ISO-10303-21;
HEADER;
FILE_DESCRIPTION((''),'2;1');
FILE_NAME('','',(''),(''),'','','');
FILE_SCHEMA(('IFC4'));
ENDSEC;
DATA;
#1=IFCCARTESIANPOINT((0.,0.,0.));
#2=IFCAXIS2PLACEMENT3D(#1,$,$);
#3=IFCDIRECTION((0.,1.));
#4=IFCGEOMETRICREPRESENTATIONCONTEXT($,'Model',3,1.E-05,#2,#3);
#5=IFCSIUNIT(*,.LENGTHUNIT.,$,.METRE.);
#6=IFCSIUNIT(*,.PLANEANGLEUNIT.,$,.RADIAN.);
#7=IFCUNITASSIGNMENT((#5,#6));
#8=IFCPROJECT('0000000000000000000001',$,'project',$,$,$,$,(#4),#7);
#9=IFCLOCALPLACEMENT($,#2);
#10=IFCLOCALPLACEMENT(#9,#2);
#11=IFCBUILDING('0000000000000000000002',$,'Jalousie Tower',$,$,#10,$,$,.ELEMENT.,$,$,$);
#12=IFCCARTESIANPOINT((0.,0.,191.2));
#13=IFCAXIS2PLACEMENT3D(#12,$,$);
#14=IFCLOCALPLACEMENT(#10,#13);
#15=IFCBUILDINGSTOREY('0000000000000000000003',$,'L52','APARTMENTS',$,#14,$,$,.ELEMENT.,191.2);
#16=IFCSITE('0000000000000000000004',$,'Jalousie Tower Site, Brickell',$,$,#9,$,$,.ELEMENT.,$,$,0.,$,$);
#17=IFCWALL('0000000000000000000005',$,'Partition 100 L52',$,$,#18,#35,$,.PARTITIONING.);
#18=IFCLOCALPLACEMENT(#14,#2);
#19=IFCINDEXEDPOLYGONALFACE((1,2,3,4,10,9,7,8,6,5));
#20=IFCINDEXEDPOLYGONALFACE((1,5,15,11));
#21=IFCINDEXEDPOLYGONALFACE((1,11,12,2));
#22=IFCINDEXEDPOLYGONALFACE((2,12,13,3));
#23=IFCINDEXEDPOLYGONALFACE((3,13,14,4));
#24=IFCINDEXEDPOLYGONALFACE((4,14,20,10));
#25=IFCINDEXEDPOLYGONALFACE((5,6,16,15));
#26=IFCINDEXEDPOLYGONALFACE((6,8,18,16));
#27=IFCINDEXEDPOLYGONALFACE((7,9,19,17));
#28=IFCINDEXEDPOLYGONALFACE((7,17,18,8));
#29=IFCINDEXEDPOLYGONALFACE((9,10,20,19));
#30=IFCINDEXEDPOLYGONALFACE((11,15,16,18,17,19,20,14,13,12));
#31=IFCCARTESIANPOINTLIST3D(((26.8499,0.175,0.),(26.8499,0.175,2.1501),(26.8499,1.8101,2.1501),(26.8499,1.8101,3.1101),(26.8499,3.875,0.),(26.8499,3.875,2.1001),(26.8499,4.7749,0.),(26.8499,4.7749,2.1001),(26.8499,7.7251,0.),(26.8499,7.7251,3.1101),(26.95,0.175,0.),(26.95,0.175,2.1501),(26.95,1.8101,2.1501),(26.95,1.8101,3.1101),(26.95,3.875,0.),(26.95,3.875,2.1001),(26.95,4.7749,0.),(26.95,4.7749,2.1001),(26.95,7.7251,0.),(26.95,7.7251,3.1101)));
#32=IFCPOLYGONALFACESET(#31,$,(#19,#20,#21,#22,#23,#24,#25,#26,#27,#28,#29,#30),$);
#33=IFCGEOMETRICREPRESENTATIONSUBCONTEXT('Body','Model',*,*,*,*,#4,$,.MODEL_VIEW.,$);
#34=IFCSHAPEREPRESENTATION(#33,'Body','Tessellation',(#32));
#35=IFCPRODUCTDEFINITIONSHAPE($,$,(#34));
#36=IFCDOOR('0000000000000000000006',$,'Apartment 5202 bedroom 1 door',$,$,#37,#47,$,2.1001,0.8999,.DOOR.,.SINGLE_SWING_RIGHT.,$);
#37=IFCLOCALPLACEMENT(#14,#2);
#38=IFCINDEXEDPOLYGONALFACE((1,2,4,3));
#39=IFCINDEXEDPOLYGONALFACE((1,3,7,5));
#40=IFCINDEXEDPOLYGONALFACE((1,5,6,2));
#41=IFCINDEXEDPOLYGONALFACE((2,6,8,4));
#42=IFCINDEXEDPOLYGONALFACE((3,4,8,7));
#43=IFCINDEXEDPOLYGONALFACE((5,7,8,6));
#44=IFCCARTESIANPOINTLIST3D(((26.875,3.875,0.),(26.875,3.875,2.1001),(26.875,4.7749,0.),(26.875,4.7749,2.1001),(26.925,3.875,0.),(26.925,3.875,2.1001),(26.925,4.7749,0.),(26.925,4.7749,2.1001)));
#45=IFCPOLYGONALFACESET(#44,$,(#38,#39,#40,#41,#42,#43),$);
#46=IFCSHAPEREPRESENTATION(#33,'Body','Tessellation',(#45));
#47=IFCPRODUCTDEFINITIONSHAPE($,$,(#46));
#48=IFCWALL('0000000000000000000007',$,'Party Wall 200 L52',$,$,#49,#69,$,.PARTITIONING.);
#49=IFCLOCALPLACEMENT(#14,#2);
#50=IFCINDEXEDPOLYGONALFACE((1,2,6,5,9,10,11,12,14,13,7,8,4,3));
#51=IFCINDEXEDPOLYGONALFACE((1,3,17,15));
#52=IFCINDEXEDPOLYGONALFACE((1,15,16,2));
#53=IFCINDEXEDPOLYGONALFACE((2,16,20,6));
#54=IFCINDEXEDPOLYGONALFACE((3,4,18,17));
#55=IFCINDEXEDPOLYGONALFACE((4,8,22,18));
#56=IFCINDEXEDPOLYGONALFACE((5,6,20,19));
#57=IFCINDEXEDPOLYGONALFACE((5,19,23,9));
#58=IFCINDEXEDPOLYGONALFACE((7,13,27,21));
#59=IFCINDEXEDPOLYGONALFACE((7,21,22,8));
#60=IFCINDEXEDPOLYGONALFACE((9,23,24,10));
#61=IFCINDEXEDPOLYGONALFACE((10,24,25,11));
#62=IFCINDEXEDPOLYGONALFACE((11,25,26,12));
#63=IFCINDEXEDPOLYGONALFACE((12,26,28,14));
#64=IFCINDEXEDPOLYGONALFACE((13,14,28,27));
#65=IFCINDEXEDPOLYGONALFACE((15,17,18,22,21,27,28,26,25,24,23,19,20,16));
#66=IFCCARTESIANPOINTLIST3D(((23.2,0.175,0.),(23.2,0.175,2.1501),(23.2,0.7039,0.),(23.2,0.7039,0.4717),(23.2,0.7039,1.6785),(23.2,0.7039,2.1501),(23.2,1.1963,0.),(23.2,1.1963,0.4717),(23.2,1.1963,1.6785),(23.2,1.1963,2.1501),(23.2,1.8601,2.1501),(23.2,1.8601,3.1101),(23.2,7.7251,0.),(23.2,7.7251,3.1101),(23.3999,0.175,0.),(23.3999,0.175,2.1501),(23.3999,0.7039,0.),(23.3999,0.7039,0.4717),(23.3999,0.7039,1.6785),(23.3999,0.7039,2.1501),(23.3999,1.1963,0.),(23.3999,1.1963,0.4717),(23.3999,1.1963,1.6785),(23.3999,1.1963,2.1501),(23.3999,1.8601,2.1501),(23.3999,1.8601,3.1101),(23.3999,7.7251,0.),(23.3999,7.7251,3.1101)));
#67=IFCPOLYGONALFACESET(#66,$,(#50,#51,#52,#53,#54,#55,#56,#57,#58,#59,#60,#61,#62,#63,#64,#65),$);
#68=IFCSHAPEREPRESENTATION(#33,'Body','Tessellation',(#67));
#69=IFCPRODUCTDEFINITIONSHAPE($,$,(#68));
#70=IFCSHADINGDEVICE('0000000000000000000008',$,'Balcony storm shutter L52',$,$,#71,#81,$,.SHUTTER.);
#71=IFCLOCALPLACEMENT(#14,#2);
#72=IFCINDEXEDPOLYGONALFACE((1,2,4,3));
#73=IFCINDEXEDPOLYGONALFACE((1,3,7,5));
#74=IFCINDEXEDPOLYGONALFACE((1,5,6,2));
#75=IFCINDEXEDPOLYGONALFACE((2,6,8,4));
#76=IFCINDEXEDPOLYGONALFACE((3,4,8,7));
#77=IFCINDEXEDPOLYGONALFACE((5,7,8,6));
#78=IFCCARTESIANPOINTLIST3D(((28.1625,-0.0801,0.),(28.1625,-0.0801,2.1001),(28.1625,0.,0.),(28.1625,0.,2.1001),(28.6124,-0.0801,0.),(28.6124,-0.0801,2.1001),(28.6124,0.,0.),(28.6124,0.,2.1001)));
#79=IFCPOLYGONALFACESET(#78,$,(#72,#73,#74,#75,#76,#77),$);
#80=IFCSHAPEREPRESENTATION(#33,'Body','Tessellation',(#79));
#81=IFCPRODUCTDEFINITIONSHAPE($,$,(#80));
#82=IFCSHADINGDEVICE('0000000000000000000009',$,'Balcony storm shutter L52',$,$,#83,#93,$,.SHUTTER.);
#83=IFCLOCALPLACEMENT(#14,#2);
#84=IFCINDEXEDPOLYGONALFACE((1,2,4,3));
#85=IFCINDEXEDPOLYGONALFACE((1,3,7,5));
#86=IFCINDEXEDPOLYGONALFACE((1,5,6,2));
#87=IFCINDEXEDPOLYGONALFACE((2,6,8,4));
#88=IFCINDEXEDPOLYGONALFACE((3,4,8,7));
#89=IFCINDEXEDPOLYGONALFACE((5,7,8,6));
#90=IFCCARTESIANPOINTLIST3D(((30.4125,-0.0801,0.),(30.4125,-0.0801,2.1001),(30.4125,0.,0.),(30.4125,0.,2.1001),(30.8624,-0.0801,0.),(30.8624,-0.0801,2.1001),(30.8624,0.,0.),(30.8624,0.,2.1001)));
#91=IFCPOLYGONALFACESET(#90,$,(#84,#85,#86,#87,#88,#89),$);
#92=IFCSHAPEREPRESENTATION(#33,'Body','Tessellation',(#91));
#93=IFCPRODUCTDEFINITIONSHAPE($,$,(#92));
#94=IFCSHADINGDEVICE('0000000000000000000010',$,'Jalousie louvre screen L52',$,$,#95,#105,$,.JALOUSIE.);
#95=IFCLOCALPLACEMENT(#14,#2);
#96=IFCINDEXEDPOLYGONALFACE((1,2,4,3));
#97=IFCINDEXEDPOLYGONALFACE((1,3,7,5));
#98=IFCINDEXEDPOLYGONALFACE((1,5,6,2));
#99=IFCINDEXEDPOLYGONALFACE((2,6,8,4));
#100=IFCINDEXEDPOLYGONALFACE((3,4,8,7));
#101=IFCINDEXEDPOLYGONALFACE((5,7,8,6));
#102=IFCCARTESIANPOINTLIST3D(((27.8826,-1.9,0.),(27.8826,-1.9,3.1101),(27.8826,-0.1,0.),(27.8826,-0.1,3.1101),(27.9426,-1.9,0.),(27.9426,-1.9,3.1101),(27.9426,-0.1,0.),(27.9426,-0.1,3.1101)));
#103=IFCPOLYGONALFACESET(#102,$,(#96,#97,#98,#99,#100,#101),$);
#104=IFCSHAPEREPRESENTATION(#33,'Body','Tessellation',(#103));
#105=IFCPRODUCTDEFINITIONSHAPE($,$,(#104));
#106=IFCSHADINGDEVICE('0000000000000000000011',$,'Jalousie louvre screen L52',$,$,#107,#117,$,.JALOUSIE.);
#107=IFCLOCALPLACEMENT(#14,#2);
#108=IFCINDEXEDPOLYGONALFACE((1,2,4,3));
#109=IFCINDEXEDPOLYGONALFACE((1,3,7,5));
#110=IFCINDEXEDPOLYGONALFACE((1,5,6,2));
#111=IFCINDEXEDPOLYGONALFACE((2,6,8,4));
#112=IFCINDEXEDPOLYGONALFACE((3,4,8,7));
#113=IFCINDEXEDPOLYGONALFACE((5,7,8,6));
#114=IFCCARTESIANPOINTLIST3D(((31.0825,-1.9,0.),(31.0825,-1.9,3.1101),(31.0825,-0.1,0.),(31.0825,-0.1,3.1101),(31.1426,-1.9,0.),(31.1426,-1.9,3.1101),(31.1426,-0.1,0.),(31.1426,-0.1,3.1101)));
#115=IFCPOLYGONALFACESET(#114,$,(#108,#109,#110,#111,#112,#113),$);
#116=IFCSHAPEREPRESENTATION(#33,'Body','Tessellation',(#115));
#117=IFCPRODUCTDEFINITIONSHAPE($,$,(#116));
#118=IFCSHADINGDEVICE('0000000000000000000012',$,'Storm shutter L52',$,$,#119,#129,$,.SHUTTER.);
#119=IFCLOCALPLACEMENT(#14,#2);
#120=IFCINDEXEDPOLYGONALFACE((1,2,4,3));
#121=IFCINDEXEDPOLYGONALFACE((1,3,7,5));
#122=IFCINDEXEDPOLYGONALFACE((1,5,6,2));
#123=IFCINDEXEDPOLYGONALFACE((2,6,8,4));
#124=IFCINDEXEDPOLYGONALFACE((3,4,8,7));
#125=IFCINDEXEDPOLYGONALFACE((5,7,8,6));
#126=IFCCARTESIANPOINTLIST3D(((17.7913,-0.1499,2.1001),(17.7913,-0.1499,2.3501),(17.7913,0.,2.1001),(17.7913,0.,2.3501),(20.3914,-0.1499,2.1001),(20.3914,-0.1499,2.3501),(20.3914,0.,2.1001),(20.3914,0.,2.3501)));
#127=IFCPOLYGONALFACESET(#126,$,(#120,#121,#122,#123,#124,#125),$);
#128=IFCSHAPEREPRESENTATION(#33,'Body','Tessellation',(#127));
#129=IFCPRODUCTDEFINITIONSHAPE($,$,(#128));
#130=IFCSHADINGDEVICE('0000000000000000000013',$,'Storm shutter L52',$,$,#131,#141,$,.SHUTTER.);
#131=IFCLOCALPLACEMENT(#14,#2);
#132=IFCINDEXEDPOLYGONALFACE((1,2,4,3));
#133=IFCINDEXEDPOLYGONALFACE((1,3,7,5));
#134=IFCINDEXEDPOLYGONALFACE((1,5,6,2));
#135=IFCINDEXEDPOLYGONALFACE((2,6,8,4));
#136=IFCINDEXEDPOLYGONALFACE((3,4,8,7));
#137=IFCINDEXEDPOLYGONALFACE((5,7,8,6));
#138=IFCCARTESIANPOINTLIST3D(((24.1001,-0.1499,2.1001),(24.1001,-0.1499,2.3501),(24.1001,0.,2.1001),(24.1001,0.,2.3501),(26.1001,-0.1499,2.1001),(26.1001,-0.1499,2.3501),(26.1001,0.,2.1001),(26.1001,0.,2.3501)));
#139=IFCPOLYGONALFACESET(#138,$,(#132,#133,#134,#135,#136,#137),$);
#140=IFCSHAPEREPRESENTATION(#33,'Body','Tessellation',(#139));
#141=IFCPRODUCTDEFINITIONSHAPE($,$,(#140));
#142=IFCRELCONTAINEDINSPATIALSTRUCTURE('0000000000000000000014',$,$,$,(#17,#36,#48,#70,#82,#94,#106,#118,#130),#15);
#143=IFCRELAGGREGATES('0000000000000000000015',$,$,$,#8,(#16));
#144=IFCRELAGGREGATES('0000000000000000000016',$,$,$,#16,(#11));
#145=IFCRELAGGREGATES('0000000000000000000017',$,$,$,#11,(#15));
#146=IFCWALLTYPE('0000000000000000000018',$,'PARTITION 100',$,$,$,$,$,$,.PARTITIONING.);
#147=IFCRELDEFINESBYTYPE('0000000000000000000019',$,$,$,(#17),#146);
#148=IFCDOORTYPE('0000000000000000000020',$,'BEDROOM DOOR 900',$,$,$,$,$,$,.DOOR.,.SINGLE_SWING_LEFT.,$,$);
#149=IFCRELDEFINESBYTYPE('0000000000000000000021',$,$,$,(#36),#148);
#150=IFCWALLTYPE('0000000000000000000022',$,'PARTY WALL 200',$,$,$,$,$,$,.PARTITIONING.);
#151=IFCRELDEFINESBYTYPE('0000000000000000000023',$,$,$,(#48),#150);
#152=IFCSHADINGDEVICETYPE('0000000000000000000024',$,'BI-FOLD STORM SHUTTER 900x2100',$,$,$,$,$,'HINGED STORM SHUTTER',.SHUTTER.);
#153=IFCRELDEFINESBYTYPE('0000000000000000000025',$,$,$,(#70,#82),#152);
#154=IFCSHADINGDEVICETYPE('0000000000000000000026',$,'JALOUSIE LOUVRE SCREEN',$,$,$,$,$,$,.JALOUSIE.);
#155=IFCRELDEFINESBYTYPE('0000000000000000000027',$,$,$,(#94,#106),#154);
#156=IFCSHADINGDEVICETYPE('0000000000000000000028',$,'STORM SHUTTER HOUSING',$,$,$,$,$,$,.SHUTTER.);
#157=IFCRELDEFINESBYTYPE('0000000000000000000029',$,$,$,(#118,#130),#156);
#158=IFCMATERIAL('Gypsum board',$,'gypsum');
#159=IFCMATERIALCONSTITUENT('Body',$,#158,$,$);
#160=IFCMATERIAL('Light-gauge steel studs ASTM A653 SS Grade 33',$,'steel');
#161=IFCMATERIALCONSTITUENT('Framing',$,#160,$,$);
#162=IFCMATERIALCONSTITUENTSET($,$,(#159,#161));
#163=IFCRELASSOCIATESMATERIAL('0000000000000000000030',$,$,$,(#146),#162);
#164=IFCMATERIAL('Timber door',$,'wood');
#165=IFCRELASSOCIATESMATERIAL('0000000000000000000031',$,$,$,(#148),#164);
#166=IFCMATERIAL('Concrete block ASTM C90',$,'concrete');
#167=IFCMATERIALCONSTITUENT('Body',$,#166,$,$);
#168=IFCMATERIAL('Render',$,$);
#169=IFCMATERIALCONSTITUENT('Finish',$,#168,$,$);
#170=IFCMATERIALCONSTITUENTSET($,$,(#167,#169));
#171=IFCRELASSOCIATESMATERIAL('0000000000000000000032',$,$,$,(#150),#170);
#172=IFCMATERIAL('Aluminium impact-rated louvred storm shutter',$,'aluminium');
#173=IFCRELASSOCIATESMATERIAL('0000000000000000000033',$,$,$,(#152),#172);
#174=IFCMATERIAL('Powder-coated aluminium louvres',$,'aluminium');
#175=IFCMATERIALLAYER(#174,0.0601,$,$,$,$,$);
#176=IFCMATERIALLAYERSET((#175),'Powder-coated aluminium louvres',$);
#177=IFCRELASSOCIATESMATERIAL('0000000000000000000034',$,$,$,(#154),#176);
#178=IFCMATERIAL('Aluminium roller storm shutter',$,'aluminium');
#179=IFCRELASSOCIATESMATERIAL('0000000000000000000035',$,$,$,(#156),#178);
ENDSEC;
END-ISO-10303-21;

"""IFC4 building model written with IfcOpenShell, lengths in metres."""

from ifc_helpers import new_model, si_unit, direction, frame, frame_2d, origin, origin_2d, place, context, subcontext, project, spatial, polyline, rectangle, outline, extrude, material, layer, layer_set, constituent, constituent_set, type_object, element, fill, save


model = new_model("IFC4")

# Units and contexts
model_context = context("Model", 3, precision=1e-05, world=origin(), true_north=direction((0.0, 1.0)))
body_context = subcontext(model_context, "Body", "Model", "MODEL_VIEW")
ifc_project = project(units=[si_unit("LENGTHUNIT", "METRE"), si_unit("PLANEANGLEUNIT", "RADIAN")], contexts=[model_context])

# Site, building, storey
site_placement = place(None, origin())
site = spatial("IfcSite", under=ifc_project, at=site_placement, Name="Jalousie Tower Site, Brickell", CompositionType="ELEMENT", RefElevation=0.0)
building_placement = place(site_placement, origin())
building = spatial("IfcBuilding", under=site, at=building_placement, Name="Jalousie Tower", CompositionType="ELEMENT")
storey_placement = place(building_placement, frame((0.0, 0.0, 191.2)))
storey = spatial("IfcBuildingStorey", under=building, at=storey_placement, Name="L52", Description="APARTMENTS", CompositionType="ELEMENT", Elevation=191.2)

# Shared definitions
ifc_material_1 = material(Name="Gypsum board", Category="gypsum")
ifc_constituent_1 = constituent(ifc_material_1, Name="Body")
ifc_material_2 = material(Name="Light-gauge steel studs ASTM A653 SS Grade 33", Category="steel")
ifc_constituent_2 = constituent(ifc_material_2, Name="Framing")
ifc_constituent_set_1 = constituent_set(constituents=[ifc_constituent_1, ifc_constituent_2])
wall_type_1 = type_object("IfcWallType", Name="PARTITION 100", PredefinedType="PARTITIONING", material=ifc_constituent_set_1)

# Wall, opening, door
wall_1_placement = place(storey_placement, frame((26.8999, 0.175, 0.0), z_axis=(0.0, 0.0, 1.0), x_axis=(0.0, 1.0, 0.0)))
wall_1 = element("IfcWall", 1, at=wall_1_placement, inside=storey, type_object=wall_type_1, Name="Partition 100 L52", PredefinedType="PARTITIONING", context=body_context, shape_type="SweptSolid", body=[
    extrude(outline(polyline([(0.0, 0.0), (7.55, 0.0), (7.55, 3.1101), (1.635, 3.1101), (1.635, 2.1501), (0.0, 2.1501), (0.0, 3.1101), (0.0, 0.0)])), frame((0.0, 0.05, 0.0), z_axis=(0.0, -1.0, 0.0), x_axis=(1.0, 0.0, 0.0)), (0.0, 0.0, 1.0), 0.1001),
])
opening_1_placement = place(wall_1_placement, frame((3.7, 0.0, 0.0)))
opening_1 = element("IfcOpeningElement", 2, at=opening_1_placement, cuts=wall_1, PredefinedType="OPENING", context=body_context, shape_type="SweptSolid", body=[
    extrude(rectangle(XDim=0.8999, YDim=2.1001, at=frame_2d((0.45, 1.05))), frame((0.0, 0.0601, 0.0), z_axis=(0.0, -1.0, 0.0), x_axis=(1.0, 0.0, 0.0)), (0.0, 0.0, 1.0), 0.1201),
])
ifc_material_3 = material(Name="Timber door", Category="wood")
door_type_1 = type_object("IfcDoorType", Name="BEDROOM DOOR 900", OperationType="SINGLE_SWING_LEFT", PredefinedType="DOOR", material=ifc_material_3)
door_1_placement = place(opening_1_placement, origin())
door_1 = element("IfcDoor", 3, at=door_1_placement, inside=storey, type_object=door_type_1, Name="Apartment 5202 bedroom 1 door", OperationType="SINGLE_SWING_RIGHT", OverallHeight=2.1001, OverallWidth=0.8999, PredefinedType="DOOR", context=body_context, shape_type="SweptSolid", body=[
    extrude(rectangle(XDim=0.8999, YDim=2.1001, at=frame_2d((0.45, 1.05))), frame((0.0, 0.0249, 0.0), z_axis=(0.0, -1.0, 0.0), x_axis=(1.0, 0.0, 0.0)), (0.0, 0.0, 1.0), 0.05),
])
fill(opening_1, door_1)

# Wall
ifc_material_4 = material(Name="Concrete block ASTM C90", Category="concrete")
ifc_constituent_3 = constituent(ifc_material_4, Name="Body")
ifc_material_5 = material(Name="Render")
ifc_constituent_4 = constituent(ifc_material_5, Name="Finish")
ifc_constituent_set_2 = constituent_set(constituents=[ifc_constituent_3, ifc_constituent_4])
wall_type_2 = type_object("IfcWallType", Name="PARTY WALL 200", PredefinedType="PARTITIONING", material=ifc_constituent_set_2)
wall_2_placement = place(storey_placement, frame((23.3, 0.175, 0.0), z_axis=(0.0, 0.0, 1.0), x_axis=(0.0, 1.0, 0.0)))
element("IfcWall", 4, at=wall_2_placement, inside=storey, type_object=wall_type_2, Name="Party Wall 200 L52", PredefinedType="PARTITIONING", context=body_context, shape_type="SweptSolid", body=[
    extrude(outline(polyline([(0.5288, 2.1501), (0.0, 2.1501), (0.0, 0.0), (0.5288, 0.0), (0.5288, 0.4717), (1.0212, 0.4717), (1.0212, 0.0), (7.55, 0.0), (7.55, 3.1101), (1.6851, 3.1101), (1.6851, 2.1501), (1.0212, 2.1501), (1.0212, 1.6785), (0.5288, 1.6785), (0.5288, 2.1501)])), frame((0.0, 0.1001, 0.0), z_axis=(0.0, -1.0, 0.0), x_axis=(1.0, 0.0, 0.0)), (0.0, 0.0, 1.0), 0.2),
])

# Shading devices
ifc_material_6 = material(Name="Aluminium impact-rated louvred storm shutter", Category="aluminium")
shading_device_type_1 = type_object("IfcShadingDeviceType", Name="BI-FOLD STORM SHUTTER 900x2100", ElementType="HINGED STORM SHUTTER", PredefinedType="SHUTTER", material=ifc_material_6)
for number, where, z_axis, x_axis, name in (
    (5, (28.3875, -0.04, 0.0), (0.0, 0.0, 1.0), (1.0, 0.0, 0.0), "Balcony storm shutter L52"),
    (6, (30.6375, -0.04, 0.0), (0.0, 0.0, 1.0), (1.0, 0.0, 0.0), "Balcony storm shutter L52"),
):
    element("IfcShadingDevice", number, at=place(storey_placement, frame(where, z_axis=z_axis, x_axis=x_axis)), inside=storey, type_object=shading_device_type_1, Name=name, PredefinedType="SHUTTER", context=body_context, shape_type="SweptSolid", body=[
        extrude(rectangle(XDim=0.45, YDim=0.0801, at=origin_2d()), origin(), (0.0, 0.0, 1.0), 2.1001),
    ])

# Shading devices
ifc_material_7 = material(Name="Powder-coated aluminium louvres", Category="aluminium")
ifc_layer_1 = layer(ifc_material_7, 0.0601)
ifc_layer_set_1 = layer_set([ifc_layer_1], Name="Powder-coated aluminium louvres")
shading_device_type_2 = type_object("IfcShadingDeviceType", Name="JALOUSIE LOUVRE SCREEN", PredefinedType="JALOUSIE", material=ifc_layer_set_1)
for number, where, z_axis, x_axis, name in (
    (7, (27.9126, -1.0, 0.0), (0.0, 0.0, 1.0), (1.0, 0.0, 0.0), "Jalousie louvre screen L52"),
    (8, (31.1125, -1.0, 0.0), (0.0, 0.0, 1.0), (1.0, 0.0, 0.0), "Jalousie louvre screen L52"),
):
    element("IfcShadingDevice", number, at=place(storey_placement, frame(where, z_axis=z_axis, x_axis=x_axis)), inside=storey, type_object=shading_device_type_2, Name=name, PredefinedType="JALOUSIE", context=body_context, shape_type="SweptSolid", body=[
        extrude(rectangle(XDim=0.0601, YDim=1.8, at=origin_2d()), origin(), (0.0, 0.0, 1.0), 3.1101),
    ])
ifc_material_8 = material(Name="Aluminium roller storm shutter", Category="aluminium")
shading_device_type_3 = type_object("IfcShadingDeviceType", Name="STORM SHUTTER HOUSING", PredefinedType="SHUTTER", material=ifc_material_8)
shading_device_1_placement = place(storey_placement, frame((19.0913, -0.075, 2.1001), z_axis=(0.0, 0.0, 1.0), x_axis=(1.0, 0.0, 0.0)))
element("IfcShadingDevice", 9, at=shading_device_1_placement, inside=storey, type_object=shading_device_type_3, Name="Storm shutter L52", PredefinedType="SHUTTER", context=body_context, shape_type="SweptSolid", body=[
    extrude(rectangle(XDim=2.6001, YDim=0.1499, at=origin_2d()), origin(), (0.0, 0.0, 1.0), 0.25),
])
shading_device_2_placement = place(storey_placement, frame((25.1001, -0.075, 2.1001), z_axis=(0.0, 0.0, 1.0), x_axis=(1.0, 0.0, 0.0)))
element("IfcShadingDevice", 10, at=shading_device_2_placement, inside=storey, type_object=shading_device_type_3, Name="Storm shutter L52", PredefinedType="SHUTTER", context=body_context, shape_type="SweptSolid", body=[
    extrude(rectangle(XDim=2.0, YDim=0.1499, at=origin_2d()), origin(), (0.0, 0.0, 1.0), 0.25),
])

save(model, "model.ifc")
